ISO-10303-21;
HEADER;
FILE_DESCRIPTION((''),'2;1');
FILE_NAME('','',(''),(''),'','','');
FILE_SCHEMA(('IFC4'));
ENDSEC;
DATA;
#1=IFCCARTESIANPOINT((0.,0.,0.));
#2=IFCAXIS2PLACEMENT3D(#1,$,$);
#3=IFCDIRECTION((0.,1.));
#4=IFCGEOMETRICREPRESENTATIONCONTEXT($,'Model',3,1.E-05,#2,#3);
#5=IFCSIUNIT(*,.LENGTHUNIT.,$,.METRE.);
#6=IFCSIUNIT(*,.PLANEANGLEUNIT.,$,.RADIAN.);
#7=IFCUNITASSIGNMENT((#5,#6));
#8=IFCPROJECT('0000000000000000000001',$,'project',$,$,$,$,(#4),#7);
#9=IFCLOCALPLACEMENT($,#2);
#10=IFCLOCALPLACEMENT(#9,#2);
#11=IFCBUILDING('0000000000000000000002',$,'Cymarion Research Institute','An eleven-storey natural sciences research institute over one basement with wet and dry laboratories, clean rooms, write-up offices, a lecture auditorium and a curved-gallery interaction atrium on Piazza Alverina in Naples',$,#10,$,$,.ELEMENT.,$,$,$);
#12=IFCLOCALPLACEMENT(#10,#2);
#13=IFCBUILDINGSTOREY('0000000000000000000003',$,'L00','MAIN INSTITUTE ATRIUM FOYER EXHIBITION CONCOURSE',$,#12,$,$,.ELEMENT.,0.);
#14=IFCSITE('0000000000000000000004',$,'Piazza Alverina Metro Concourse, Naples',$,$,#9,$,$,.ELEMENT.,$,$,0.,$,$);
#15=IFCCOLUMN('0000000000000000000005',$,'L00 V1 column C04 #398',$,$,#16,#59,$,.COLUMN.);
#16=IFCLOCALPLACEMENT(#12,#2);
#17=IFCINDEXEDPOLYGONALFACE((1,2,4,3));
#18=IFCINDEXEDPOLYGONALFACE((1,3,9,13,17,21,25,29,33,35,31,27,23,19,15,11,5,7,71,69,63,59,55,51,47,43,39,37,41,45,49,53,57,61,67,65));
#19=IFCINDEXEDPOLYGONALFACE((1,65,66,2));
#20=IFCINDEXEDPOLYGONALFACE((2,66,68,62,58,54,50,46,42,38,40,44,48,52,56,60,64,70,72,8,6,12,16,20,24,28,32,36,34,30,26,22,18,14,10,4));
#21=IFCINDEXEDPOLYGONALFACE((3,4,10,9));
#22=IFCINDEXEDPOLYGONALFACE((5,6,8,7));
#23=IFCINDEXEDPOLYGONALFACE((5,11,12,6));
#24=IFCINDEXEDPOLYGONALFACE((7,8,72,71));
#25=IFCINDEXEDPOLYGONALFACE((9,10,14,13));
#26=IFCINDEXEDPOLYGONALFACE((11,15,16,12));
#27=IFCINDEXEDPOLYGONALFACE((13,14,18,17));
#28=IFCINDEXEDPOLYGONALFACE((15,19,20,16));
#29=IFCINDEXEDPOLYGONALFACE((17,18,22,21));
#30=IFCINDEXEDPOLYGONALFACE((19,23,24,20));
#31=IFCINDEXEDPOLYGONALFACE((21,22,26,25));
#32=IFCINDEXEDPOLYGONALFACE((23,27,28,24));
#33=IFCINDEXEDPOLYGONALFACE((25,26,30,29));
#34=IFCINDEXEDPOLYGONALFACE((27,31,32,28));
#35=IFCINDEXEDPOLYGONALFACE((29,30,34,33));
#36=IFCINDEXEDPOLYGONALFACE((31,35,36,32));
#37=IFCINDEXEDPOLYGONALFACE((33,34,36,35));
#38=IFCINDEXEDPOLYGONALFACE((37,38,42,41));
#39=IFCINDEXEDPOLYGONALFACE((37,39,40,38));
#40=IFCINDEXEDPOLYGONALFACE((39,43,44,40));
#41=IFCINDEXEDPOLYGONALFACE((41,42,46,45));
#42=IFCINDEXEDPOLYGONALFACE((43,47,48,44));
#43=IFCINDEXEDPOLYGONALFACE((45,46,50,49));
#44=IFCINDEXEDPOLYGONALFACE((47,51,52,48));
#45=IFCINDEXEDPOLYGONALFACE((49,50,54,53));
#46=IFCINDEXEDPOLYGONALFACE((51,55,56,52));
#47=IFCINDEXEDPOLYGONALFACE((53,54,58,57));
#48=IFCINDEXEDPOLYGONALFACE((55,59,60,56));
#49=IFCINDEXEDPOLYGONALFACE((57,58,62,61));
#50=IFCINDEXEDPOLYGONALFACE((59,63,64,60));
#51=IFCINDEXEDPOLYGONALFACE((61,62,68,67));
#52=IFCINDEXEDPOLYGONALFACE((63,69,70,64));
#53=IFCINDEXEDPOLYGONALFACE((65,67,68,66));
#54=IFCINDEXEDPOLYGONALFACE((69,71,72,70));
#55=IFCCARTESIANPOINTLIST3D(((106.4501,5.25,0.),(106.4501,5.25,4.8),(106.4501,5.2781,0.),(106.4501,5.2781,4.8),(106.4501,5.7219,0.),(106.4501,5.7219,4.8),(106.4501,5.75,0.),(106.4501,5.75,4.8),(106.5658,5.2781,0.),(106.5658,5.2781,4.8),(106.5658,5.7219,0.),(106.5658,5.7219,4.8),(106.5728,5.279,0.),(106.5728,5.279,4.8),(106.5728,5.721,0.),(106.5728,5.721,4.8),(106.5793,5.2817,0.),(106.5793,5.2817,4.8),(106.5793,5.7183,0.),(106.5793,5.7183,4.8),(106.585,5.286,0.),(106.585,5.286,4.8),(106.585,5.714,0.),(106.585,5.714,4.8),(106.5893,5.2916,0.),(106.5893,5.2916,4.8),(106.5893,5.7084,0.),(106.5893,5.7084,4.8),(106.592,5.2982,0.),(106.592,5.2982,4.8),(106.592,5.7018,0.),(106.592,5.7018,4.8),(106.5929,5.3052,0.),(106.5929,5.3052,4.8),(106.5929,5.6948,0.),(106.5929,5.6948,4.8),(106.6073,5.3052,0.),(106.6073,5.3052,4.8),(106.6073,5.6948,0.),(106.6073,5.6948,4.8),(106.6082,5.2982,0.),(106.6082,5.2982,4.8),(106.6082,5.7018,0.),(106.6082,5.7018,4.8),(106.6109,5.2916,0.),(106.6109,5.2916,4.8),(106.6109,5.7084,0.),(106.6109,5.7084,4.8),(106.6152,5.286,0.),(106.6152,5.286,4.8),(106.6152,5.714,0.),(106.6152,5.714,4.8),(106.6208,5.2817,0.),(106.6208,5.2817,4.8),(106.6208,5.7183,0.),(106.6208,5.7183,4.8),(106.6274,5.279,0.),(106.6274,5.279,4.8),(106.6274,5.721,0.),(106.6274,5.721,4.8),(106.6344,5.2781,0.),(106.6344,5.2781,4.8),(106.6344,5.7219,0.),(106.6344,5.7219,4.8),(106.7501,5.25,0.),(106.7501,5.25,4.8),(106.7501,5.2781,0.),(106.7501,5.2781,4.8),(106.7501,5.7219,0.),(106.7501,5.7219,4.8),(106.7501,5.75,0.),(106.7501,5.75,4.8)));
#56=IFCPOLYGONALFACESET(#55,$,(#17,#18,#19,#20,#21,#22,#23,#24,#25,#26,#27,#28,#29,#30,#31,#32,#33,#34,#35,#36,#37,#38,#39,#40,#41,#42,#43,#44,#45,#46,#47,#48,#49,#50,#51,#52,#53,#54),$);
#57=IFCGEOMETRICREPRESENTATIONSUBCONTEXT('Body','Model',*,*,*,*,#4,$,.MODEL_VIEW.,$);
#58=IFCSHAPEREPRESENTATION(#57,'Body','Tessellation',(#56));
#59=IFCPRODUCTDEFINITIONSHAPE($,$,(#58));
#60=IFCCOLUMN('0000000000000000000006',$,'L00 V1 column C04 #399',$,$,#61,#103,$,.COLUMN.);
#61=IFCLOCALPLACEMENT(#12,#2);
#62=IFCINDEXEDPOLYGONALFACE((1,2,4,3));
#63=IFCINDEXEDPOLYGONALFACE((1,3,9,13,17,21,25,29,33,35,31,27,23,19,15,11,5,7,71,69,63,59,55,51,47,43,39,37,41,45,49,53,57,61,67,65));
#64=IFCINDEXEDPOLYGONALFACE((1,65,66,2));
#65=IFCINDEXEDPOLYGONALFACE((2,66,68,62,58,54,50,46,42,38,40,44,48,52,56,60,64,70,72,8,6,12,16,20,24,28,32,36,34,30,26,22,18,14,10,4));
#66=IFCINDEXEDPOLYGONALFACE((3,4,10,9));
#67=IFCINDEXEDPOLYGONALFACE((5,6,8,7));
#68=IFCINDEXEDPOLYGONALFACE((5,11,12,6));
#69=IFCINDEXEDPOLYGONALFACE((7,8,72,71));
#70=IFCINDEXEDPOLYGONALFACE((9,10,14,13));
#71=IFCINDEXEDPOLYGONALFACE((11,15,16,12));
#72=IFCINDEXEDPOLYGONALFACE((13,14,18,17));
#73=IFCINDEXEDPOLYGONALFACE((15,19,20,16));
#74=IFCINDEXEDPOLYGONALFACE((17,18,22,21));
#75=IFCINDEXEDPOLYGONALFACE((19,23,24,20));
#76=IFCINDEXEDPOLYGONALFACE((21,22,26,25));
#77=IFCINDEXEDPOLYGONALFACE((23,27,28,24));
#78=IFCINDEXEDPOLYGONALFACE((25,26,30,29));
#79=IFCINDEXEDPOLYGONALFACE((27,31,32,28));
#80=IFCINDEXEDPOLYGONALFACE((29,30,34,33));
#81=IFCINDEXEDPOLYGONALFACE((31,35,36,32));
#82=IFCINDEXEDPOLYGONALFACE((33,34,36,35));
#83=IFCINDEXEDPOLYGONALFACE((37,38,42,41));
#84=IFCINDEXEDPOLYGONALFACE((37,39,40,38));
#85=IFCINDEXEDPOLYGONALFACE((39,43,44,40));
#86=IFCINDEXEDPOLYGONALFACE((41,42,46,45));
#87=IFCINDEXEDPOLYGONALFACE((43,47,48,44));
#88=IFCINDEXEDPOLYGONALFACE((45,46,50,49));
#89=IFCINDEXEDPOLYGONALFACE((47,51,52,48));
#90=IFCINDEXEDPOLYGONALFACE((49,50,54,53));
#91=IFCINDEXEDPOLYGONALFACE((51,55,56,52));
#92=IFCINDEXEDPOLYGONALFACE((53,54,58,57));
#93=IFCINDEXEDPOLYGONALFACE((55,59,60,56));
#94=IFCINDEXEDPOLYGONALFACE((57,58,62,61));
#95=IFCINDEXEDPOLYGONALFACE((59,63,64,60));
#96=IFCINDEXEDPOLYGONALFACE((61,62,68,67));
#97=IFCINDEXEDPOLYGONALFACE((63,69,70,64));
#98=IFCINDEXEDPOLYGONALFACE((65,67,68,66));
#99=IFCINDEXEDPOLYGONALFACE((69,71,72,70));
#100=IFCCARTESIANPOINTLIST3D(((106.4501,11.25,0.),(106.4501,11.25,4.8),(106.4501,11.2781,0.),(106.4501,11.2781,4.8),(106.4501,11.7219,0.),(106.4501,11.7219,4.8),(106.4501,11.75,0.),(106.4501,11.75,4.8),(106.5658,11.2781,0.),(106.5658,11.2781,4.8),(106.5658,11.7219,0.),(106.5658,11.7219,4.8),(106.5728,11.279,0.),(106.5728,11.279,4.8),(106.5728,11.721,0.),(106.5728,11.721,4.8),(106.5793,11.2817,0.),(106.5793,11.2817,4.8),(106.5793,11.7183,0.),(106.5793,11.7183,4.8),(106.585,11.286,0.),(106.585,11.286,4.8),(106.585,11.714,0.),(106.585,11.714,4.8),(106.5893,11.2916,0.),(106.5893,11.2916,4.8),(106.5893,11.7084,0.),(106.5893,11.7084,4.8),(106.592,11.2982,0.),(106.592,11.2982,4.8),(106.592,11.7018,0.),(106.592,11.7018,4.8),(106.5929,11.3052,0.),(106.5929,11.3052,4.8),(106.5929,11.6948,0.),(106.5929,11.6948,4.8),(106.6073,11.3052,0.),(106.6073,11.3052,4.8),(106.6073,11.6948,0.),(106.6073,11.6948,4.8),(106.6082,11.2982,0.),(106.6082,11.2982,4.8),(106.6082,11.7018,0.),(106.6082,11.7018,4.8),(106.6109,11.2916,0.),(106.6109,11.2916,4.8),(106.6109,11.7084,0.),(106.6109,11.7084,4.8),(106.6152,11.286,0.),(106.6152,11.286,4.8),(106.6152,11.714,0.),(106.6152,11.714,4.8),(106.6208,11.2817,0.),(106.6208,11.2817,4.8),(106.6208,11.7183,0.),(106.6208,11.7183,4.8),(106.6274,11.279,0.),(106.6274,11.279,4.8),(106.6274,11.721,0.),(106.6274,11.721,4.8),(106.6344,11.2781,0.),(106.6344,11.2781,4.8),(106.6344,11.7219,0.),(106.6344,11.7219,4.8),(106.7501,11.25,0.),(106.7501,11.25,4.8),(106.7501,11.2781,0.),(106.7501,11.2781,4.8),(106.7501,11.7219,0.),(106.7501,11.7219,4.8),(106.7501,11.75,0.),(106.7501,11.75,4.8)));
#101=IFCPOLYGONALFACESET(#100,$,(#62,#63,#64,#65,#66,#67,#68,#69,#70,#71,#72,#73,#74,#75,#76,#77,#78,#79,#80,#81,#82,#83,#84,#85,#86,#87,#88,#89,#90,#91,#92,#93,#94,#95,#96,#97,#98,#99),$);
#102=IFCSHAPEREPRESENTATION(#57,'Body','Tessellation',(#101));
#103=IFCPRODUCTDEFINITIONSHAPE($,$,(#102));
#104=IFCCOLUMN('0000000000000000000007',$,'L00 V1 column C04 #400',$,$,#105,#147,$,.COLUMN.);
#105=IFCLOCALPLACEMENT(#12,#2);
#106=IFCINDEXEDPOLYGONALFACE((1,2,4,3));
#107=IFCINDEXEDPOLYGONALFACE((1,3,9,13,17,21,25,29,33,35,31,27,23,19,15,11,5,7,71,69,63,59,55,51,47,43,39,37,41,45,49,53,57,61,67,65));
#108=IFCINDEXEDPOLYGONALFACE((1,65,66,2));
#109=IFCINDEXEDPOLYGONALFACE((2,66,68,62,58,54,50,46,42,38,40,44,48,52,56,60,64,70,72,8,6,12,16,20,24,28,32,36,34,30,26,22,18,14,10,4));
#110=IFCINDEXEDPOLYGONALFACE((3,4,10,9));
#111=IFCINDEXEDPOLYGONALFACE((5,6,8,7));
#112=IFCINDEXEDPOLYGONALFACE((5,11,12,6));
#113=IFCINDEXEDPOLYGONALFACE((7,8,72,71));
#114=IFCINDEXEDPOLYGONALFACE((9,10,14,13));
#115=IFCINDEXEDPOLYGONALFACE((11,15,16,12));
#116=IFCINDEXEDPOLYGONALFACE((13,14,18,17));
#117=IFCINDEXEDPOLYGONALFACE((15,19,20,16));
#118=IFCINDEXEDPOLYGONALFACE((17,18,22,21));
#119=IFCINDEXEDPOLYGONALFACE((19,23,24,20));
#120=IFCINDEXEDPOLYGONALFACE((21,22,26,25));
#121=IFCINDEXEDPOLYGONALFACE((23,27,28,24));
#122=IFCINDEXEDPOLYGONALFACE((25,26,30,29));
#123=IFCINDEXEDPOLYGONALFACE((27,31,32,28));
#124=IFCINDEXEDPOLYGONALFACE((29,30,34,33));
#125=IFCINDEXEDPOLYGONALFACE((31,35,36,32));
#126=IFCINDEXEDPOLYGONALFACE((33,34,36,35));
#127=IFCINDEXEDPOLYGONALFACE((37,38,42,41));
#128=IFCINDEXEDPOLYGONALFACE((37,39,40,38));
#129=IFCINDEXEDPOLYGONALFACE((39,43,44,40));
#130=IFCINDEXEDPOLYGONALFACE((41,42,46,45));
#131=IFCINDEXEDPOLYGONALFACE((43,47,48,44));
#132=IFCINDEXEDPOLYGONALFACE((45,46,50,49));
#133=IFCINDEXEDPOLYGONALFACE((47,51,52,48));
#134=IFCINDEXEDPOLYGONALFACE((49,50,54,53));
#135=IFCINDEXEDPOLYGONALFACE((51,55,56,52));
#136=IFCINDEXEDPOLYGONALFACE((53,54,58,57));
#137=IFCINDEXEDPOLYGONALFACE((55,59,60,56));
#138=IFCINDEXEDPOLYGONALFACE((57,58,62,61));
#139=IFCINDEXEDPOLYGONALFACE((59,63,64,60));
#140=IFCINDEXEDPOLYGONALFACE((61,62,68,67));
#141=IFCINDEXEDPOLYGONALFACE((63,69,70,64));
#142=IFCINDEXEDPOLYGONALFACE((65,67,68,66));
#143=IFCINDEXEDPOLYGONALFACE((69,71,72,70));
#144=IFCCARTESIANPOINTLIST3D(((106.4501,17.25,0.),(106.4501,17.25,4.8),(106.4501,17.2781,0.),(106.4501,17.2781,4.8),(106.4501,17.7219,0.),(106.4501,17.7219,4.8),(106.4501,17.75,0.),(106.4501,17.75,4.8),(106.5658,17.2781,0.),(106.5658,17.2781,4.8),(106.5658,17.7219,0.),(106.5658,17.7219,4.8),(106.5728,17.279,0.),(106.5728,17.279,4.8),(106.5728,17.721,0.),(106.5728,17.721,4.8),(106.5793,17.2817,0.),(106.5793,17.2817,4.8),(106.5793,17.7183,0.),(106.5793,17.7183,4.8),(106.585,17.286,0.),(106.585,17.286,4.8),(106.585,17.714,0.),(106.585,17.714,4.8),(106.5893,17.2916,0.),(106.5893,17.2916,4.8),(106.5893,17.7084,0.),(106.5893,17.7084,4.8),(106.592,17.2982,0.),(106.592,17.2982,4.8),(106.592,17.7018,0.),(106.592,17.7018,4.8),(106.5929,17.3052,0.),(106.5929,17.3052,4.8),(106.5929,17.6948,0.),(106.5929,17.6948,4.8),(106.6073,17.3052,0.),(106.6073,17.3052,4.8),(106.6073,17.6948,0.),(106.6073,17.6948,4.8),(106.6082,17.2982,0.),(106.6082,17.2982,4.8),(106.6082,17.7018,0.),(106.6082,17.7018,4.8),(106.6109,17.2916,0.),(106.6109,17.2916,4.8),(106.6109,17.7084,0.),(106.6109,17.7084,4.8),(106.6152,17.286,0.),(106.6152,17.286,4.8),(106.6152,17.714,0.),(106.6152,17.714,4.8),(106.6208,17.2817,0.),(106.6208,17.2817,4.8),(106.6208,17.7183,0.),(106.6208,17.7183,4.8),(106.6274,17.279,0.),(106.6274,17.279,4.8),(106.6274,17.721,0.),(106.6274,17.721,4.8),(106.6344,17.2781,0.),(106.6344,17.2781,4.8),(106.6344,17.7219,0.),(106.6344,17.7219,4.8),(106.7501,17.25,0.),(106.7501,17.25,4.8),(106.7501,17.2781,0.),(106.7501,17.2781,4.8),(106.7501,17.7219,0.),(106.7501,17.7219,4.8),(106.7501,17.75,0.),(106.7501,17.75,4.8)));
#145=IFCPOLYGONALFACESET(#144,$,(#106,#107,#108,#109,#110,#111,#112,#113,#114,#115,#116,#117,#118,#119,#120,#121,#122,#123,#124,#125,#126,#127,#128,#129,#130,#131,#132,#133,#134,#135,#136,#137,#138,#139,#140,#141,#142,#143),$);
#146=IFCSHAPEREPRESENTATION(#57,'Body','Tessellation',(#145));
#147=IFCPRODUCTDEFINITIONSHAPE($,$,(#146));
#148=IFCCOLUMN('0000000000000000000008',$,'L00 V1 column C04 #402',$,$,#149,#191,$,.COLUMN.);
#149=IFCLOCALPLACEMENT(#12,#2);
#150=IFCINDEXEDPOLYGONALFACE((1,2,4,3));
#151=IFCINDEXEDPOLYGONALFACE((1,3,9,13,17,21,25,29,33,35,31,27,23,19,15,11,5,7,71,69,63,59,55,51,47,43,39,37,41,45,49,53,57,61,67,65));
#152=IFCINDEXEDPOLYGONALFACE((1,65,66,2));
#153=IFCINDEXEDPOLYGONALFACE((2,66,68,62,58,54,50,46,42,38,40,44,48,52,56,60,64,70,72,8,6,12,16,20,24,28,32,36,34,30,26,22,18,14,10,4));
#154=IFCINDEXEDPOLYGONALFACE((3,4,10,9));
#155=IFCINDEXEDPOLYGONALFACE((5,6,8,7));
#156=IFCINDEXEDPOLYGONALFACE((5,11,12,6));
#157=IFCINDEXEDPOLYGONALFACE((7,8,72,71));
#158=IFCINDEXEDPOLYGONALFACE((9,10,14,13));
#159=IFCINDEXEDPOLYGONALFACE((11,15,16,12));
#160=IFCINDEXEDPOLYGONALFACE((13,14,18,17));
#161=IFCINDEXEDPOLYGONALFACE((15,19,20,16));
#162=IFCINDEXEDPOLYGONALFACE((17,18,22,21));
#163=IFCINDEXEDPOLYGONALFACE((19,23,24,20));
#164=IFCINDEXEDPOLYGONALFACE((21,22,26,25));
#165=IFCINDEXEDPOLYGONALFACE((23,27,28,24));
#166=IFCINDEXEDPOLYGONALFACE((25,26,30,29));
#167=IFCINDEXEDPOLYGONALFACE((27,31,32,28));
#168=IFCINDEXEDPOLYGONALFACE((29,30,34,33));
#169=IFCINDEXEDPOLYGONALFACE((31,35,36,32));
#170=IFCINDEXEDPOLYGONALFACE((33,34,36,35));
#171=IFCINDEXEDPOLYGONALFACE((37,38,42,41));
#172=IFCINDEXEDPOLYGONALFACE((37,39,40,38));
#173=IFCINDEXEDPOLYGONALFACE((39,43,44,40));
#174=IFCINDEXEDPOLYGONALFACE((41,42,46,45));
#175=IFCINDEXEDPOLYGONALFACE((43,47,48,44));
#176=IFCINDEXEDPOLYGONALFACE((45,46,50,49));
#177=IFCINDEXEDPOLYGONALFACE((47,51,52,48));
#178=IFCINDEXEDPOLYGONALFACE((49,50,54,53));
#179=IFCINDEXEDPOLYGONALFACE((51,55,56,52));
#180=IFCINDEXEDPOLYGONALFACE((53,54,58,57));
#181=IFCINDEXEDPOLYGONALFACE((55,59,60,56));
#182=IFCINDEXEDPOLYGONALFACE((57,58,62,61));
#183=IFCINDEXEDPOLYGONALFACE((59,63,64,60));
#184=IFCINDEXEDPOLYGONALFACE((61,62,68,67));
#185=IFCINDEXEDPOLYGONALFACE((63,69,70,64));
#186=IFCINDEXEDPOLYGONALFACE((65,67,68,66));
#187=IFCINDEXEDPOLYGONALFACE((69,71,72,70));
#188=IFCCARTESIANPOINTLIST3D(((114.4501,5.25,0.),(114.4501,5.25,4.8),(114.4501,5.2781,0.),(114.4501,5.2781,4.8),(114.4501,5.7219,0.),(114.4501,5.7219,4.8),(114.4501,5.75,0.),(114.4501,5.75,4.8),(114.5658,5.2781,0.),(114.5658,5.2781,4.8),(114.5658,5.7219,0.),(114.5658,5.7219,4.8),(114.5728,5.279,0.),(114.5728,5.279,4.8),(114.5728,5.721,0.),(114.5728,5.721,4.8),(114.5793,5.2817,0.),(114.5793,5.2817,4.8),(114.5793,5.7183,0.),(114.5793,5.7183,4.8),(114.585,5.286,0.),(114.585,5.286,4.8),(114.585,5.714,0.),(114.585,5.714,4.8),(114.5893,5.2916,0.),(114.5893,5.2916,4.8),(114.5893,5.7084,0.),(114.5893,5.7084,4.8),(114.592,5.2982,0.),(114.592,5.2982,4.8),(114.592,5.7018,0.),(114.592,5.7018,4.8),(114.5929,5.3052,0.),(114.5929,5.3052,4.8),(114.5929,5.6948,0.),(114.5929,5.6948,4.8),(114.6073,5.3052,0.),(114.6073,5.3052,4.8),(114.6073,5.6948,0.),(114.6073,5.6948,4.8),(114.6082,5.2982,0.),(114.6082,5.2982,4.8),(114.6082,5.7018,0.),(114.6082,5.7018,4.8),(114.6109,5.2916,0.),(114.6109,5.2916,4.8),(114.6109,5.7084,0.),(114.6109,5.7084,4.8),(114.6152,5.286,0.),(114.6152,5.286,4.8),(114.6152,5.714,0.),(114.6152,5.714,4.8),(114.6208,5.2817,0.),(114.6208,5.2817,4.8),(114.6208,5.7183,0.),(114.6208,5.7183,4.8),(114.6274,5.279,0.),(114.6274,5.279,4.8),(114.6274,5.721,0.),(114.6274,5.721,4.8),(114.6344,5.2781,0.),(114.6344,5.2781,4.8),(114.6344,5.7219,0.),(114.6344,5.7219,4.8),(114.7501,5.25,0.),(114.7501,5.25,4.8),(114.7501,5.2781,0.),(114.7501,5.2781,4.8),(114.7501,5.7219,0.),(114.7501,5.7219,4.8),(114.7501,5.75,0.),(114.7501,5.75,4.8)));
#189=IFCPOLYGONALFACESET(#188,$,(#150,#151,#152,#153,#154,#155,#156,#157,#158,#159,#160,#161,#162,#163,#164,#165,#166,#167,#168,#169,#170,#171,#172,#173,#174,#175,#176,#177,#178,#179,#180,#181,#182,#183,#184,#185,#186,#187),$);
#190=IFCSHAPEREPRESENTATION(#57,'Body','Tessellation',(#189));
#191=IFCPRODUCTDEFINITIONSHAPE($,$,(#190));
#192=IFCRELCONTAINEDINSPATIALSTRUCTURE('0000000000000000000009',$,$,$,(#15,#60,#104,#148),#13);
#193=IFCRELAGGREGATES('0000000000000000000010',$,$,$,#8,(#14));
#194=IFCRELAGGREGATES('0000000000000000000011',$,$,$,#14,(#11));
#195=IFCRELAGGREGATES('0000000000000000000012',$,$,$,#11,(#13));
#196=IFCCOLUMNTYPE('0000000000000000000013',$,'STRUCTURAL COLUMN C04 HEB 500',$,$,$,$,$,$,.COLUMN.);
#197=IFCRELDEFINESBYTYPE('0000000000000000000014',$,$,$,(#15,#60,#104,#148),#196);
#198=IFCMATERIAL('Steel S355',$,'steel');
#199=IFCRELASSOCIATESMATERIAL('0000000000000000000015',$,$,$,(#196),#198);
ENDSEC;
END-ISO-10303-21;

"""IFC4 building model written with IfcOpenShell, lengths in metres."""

from ifc_helpers import new_model, si_unit, direction, frame, origin, origin_2d, place, context, subcontext, project, spatial, i_section, extrude, material, material_profile, profile_set, type_object, element, save


model = new_model("IFC4")

# Units and contexts
model_context = context("Model", 3, precision=1e-05, world=origin(), true_north=direction((0.0, 1.0)))
body_context = subcontext(model_context, "Body", "Model", "MODEL_VIEW")
ifc_project = project(units=[si_unit("LENGTHUNIT", "METRE"), si_unit("PLANEANGLEUNIT", "RADIAN")], contexts=[model_context])

# Site, building, storey
site_placement = place(None, origin())
site = spatial("IfcSite", under=ifc_project, at=site_placement, Name="Piazza Alverina Metro Concourse, Naples", CompositionType="ELEMENT", RefElevation=0.0)
building_placement = place(site_placement, origin())
building = spatial("IfcBuilding", under=site, at=building_placement, Name="Cymarion Research Institute", Description="An eleven-storey natural sciences research institute over one basement with wet and dry laboratories, clean rooms, write-up offices, a lecture auditorium and a curved-gallery interaction atrium on Piazza Alverina in Naples", CompositionType="ELEMENT")
storey_placement = place(building_placement, origin())
storey = spatial("IfcBuildingStorey", under=building, at=storey_placement, Name="L00", Description="MAIN INSTITUTE ATRIUM FOYER EXHIBITION CONCOURSE", CompositionType="ELEMENT", Elevation=0.0)

# Columns
ifc_material_1 = material(Name="Steel S355", Category="steel")
ifc_material_profile_1 = material_profile(ifc_material_1, i_section(OverallWidth=0.3, OverallDepth=0.5, WebThickness=0.0144, FlangeThickness=0.0281, FilletRadius=0.0271, at=origin_2d()), Name="HEB 500")
ifc_profile_set_1 = profile_set([ifc_material_profile_1], Name="Steel S355")
column_type = type_object("IfcColumnType", Name="STRUCTURAL COLUMN C04 HEB 500", PredefinedType="COLUMN", material=ifc_profile_set_1)
for number, where, z_axis, x_axis, name in (
    (1, (106.6001, 5.5, 0.0), (0.0, 0.0, 1.0), (1.0, 0.0, 0.0), "L00 V1 column C04 #398"),
    (2, (106.6001, 11.5, 0.0), (0.0, 0.0, 1.0), (1.0, 0.0, 0.0), "L00 V1 column C04 #399"),
    (3, (106.6001, 17.5, 0.0), (0.0, 0.0, 1.0), (1.0, 0.0, 0.0), "L00 V1 column C04 #400"),
    (4, (114.6001, 5.5, 0.0), (0.0, 0.0, 1.0), (1.0, 0.0, 0.0), "L00 V1 column C04 #402"),
):
    element("IfcColumn", number, at=place(storey_placement, frame(where, z_axis=z_axis, x_axis=x_axis)), inside=storey, type_object=column_type, Name=name, PredefinedType="COLUMN", context=body_context, shape_type="SweptSolid", body=[
        extrude(i_section(OverallWidth=0.3, OverallDepth=0.5, WebThickness=0.0144, FlangeThickness=0.0281, FilletRadius=0.0271, at=origin_2d()), origin(), (0.0, 0.0, 1.0), 4.8),
    ])

save(model, "model.ifc")
